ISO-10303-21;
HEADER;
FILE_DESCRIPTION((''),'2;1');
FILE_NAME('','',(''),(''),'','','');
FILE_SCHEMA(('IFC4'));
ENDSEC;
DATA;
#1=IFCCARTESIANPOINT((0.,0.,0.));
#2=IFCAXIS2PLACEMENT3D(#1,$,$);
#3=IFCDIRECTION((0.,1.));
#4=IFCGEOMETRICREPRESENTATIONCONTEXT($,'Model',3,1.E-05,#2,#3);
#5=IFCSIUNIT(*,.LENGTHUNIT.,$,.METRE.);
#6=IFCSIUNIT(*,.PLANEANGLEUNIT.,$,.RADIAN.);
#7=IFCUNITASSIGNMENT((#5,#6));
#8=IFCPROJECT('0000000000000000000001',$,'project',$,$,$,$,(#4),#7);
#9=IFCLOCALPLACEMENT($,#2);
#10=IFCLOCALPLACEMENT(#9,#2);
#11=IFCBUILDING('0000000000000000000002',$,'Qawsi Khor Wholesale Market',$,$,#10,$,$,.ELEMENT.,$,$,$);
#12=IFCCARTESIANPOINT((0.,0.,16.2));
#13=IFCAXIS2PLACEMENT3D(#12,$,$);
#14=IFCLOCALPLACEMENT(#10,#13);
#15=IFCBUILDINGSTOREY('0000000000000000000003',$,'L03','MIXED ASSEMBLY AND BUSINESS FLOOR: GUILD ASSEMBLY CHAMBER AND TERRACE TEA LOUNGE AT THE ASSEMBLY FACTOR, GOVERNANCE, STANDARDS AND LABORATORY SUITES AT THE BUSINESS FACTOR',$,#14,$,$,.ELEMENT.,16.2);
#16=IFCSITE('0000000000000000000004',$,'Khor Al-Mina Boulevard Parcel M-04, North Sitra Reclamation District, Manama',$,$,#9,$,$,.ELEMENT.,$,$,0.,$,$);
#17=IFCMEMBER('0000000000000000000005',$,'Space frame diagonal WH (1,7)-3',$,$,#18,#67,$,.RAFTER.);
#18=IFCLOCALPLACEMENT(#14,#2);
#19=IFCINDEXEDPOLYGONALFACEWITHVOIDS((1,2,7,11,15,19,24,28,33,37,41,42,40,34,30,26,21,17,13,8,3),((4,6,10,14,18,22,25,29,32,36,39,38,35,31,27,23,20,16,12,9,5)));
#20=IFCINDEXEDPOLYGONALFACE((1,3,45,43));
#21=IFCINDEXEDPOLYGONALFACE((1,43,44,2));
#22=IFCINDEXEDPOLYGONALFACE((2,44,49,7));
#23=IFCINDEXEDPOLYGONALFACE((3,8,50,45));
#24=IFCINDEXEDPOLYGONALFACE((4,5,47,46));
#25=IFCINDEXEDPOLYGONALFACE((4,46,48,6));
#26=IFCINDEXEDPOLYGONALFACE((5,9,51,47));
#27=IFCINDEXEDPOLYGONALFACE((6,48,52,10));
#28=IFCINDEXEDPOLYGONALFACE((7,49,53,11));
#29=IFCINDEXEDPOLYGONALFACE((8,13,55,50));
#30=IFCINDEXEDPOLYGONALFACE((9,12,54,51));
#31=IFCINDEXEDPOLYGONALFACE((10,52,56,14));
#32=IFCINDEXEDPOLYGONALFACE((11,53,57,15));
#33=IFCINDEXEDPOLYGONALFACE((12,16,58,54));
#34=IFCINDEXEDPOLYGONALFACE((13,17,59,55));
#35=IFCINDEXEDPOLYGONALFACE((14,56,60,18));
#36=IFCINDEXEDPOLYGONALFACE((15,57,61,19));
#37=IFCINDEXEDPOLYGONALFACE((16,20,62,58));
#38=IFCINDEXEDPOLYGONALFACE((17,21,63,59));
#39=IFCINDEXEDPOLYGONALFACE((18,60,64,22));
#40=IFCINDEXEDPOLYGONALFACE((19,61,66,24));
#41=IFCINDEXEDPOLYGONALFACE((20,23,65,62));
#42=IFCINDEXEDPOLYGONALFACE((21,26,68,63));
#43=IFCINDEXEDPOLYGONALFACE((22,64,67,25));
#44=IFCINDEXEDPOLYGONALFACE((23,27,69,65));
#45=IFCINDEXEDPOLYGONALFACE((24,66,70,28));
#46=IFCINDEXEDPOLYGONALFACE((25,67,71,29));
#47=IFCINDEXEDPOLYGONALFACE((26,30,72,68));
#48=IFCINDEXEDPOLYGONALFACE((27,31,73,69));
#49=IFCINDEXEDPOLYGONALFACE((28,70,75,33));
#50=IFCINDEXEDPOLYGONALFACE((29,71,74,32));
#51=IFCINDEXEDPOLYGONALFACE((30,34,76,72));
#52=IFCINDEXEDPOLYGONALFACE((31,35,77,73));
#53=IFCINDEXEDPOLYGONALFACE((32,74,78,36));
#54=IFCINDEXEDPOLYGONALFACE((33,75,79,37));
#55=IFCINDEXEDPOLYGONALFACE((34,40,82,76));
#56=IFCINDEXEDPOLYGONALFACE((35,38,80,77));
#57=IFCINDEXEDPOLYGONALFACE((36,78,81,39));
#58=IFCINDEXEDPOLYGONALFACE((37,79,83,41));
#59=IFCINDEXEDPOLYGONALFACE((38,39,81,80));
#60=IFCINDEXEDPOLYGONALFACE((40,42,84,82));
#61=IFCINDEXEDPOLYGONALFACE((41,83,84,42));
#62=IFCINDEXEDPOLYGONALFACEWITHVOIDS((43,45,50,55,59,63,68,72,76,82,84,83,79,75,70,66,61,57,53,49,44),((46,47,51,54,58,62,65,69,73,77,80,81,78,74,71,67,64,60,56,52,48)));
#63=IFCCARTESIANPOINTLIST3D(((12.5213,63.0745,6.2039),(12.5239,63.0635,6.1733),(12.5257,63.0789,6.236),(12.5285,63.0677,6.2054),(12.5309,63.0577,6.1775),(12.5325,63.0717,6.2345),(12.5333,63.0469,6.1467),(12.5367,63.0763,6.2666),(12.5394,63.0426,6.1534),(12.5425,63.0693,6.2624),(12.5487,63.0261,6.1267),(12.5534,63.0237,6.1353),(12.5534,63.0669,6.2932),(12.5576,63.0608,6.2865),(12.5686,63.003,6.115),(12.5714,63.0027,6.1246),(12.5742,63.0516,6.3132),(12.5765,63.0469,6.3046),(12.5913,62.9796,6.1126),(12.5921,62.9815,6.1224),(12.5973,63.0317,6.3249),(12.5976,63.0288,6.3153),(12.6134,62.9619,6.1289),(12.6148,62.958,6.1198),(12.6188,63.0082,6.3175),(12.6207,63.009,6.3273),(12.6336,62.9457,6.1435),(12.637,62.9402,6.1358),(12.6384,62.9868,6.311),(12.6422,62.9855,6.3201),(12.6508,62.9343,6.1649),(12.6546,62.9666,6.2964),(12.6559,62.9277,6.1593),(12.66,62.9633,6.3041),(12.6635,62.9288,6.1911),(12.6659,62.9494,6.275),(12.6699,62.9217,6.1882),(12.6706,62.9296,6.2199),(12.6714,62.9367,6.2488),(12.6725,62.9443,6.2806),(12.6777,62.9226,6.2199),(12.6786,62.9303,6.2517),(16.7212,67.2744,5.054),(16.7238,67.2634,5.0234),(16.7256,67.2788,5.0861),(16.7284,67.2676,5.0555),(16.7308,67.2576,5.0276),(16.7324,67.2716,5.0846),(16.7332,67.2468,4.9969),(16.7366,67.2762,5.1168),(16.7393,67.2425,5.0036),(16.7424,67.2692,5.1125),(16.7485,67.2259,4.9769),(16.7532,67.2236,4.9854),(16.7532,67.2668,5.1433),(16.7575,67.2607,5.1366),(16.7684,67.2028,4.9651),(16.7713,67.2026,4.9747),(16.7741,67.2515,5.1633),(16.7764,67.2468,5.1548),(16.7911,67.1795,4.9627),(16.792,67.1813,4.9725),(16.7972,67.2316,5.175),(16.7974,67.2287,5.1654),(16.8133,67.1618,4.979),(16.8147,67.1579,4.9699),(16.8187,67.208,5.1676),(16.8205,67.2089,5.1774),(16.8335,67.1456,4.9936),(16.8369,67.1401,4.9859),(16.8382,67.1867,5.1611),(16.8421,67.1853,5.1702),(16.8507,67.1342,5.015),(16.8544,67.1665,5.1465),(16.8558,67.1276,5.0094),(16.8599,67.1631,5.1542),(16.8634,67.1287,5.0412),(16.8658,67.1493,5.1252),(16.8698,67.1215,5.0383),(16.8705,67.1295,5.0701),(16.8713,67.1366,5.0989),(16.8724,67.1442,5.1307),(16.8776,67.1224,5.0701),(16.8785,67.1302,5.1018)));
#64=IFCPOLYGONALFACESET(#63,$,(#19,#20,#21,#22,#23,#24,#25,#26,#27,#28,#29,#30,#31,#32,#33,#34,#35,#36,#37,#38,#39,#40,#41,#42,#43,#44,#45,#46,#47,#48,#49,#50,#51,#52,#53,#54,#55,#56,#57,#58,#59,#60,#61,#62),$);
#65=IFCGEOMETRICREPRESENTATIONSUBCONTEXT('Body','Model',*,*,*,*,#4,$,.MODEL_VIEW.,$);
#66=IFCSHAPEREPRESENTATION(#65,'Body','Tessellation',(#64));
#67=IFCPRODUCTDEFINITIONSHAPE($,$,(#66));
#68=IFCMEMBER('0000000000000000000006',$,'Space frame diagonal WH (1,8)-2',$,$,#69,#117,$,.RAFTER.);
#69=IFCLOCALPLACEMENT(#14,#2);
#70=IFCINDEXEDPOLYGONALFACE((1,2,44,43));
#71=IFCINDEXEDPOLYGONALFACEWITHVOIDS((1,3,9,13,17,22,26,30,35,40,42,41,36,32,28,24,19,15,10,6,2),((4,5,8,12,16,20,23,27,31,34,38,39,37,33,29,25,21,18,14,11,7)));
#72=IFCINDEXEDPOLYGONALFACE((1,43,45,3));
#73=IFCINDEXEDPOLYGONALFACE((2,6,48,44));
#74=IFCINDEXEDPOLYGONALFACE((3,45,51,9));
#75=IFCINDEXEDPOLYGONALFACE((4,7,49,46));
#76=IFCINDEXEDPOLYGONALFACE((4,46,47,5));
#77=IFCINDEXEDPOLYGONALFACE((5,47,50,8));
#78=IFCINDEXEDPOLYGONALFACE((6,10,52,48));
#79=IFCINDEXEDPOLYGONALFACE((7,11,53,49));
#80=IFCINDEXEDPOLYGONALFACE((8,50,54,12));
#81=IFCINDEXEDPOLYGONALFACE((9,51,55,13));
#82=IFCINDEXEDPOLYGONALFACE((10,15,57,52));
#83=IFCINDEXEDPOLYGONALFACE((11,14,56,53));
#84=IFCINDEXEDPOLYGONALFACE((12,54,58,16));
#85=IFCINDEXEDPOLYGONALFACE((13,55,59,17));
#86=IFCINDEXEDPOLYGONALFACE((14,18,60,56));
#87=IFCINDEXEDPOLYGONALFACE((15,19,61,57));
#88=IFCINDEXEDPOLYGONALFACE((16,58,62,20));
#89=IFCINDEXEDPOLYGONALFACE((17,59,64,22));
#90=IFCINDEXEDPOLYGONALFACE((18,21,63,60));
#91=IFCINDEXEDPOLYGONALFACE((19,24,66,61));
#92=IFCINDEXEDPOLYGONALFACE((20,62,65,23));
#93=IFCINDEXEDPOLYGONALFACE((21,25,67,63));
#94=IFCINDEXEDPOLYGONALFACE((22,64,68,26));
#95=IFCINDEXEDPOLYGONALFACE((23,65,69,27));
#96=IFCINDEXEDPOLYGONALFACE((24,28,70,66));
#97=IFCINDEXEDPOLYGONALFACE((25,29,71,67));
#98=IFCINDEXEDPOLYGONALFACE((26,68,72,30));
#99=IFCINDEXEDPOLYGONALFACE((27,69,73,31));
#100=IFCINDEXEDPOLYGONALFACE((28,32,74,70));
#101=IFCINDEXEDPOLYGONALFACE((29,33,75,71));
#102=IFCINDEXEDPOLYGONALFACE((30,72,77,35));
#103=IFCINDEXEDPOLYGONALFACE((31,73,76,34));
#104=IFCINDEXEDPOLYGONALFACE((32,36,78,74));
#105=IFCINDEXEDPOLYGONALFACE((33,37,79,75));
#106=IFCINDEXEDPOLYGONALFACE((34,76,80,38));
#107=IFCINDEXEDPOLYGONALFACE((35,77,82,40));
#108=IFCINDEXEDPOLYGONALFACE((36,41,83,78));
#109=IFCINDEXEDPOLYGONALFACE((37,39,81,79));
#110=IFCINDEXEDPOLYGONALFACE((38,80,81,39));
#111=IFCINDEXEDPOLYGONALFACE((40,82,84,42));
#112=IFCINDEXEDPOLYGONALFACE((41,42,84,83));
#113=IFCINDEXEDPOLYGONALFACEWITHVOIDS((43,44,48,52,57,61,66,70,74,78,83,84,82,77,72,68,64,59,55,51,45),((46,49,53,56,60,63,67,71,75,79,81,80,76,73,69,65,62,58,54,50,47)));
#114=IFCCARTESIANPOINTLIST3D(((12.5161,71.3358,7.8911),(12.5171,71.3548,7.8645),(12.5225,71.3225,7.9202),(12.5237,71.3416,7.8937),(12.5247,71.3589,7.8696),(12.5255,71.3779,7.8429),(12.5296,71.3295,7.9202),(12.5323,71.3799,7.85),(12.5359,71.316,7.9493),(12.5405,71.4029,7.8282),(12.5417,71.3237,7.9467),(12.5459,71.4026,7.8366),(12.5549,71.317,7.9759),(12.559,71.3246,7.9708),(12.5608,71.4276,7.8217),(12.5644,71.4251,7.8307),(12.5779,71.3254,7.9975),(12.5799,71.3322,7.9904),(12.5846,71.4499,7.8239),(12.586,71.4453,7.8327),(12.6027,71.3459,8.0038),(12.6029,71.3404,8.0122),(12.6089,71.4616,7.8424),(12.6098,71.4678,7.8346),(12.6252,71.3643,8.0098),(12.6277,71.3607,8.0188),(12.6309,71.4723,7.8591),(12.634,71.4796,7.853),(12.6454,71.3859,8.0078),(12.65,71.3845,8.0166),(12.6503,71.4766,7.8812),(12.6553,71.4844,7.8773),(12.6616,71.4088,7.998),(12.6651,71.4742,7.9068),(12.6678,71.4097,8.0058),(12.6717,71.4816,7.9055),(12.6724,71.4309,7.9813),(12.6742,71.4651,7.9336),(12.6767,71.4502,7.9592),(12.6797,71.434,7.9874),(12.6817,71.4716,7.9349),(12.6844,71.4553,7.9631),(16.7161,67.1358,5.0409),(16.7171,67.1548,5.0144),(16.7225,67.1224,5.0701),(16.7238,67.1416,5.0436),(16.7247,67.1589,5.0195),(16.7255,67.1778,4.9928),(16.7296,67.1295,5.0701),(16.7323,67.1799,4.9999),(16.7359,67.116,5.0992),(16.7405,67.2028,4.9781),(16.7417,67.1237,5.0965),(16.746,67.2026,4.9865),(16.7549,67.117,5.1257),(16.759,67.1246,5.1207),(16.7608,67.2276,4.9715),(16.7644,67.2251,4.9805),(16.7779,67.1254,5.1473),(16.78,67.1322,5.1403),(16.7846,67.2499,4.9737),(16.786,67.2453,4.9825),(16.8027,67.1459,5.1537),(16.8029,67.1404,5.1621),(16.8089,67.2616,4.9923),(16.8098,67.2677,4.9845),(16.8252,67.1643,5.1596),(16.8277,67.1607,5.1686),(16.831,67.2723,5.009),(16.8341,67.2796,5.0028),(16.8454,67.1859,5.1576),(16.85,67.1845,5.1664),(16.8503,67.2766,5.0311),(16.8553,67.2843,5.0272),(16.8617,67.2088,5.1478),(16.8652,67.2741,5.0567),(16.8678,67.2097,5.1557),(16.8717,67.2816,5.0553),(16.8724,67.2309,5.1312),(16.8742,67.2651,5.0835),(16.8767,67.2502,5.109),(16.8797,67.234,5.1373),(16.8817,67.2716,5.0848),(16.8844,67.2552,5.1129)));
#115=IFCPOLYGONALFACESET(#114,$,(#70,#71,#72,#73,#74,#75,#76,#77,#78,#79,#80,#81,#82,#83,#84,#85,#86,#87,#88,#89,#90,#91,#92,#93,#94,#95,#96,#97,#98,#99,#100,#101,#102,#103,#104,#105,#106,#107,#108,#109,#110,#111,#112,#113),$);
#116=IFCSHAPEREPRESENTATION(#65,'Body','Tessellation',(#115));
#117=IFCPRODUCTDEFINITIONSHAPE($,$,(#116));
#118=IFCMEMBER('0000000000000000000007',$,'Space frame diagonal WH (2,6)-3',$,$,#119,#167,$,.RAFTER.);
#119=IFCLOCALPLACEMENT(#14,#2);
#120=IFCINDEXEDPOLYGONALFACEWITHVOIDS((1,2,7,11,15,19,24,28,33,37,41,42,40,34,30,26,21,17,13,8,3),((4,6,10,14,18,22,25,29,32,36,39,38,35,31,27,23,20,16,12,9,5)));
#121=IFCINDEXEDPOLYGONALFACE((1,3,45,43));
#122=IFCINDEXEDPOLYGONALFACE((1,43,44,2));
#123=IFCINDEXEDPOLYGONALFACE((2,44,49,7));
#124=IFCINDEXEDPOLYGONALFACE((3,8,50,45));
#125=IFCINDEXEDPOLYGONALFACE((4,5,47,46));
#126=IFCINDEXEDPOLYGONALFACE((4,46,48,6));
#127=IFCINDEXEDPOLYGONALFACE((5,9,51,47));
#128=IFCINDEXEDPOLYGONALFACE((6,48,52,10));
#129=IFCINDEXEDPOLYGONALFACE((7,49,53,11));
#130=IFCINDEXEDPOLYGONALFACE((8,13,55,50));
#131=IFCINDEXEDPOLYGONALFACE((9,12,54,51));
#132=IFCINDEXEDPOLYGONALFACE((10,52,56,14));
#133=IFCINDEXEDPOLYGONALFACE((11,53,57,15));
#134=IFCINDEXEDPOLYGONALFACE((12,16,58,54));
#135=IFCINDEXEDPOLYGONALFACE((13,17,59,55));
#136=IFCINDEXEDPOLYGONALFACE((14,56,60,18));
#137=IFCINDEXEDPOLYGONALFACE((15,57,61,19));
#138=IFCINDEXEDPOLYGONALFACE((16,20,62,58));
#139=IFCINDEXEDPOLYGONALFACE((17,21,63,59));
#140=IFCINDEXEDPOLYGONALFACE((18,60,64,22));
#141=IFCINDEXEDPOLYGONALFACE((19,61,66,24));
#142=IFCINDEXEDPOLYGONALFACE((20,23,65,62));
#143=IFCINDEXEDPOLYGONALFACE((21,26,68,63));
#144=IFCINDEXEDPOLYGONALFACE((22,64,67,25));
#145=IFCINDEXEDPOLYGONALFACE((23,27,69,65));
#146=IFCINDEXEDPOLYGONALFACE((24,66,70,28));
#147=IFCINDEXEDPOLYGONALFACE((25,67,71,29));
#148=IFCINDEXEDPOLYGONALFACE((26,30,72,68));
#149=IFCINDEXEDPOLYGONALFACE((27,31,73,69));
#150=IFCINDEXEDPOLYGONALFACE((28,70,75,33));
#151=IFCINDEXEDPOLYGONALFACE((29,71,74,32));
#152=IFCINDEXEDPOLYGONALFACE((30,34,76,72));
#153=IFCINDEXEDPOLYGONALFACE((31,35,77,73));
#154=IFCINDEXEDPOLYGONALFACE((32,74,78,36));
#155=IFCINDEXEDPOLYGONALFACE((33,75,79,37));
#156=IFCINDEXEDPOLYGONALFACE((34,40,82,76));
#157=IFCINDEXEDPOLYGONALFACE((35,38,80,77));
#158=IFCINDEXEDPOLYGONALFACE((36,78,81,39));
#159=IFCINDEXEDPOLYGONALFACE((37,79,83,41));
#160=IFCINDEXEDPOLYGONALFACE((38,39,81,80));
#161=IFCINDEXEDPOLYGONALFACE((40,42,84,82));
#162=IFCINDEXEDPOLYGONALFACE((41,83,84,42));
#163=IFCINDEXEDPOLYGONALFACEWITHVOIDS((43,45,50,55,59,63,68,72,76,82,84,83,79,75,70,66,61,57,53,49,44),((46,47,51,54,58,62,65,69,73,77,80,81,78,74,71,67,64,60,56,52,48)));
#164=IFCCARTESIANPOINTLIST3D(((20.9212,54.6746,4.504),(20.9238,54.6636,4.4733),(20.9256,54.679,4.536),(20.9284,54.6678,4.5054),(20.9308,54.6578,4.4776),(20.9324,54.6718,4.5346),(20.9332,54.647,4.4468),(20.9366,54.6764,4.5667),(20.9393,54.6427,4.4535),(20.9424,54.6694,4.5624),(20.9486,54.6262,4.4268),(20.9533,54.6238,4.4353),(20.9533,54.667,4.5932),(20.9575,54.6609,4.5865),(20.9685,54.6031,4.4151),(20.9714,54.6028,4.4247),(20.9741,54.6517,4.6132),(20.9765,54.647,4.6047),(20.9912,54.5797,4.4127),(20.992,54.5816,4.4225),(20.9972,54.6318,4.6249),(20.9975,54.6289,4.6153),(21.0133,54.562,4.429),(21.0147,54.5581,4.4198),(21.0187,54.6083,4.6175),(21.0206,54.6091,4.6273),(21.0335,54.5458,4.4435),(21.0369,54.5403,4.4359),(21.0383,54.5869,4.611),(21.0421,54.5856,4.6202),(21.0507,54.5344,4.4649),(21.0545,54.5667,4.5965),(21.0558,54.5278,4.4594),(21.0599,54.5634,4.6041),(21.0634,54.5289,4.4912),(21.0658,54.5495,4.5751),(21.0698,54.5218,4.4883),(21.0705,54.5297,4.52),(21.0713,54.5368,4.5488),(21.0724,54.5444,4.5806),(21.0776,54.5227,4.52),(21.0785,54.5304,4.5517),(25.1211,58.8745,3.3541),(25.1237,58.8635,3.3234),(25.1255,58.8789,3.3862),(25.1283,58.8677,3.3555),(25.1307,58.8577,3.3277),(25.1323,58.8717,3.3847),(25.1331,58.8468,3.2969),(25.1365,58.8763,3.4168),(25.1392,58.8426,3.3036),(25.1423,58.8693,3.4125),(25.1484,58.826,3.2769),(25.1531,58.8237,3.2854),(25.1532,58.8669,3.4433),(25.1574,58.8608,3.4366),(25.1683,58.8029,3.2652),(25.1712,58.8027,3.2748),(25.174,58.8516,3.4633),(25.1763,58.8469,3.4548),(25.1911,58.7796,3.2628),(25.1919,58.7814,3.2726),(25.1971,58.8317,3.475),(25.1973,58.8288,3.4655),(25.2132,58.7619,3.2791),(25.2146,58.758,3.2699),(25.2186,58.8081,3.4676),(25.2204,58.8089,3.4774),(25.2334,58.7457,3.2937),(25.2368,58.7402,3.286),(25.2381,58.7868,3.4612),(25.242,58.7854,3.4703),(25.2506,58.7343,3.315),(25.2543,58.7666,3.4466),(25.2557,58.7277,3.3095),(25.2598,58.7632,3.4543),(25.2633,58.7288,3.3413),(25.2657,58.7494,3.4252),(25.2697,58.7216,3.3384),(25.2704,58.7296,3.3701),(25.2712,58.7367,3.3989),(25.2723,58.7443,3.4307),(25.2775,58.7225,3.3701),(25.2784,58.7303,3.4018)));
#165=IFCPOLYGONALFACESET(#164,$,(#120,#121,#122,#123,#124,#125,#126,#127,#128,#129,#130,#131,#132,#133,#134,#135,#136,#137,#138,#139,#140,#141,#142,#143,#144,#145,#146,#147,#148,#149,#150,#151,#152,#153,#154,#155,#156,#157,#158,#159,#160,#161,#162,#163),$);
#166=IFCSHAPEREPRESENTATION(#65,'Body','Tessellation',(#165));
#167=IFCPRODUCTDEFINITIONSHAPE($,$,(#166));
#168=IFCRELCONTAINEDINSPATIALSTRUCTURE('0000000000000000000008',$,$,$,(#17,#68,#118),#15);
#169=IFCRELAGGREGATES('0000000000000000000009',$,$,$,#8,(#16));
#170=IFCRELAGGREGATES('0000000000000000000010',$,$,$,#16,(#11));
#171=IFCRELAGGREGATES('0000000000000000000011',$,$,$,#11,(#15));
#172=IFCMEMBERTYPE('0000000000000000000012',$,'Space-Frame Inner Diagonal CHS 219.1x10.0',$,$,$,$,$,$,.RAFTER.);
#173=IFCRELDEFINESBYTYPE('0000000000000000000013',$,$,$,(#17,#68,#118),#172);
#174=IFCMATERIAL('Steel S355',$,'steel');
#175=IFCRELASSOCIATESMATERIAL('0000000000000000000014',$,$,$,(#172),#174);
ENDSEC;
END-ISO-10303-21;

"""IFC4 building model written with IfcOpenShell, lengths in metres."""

from ifc_helpers import new_model, si_unit, direction, frame, origin, origin_2d, place, context, subcontext, project, spatial, hollow_circle, extrude, material, material_profile, profile_set, type_object, element, save


model = new_model("IFC4")

# Units and contexts
model_context = context("Model", 3, precision=1e-05, world=origin(), true_north=direction((0.0, 1.0)))
body_context = subcontext(model_context, "Body", "Model", "MODEL_VIEW")
ifc_project = project(units=[si_unit("LENGTHUNIT", "METRE"), si_unit("PLANEANGLEUNIT", "RADIAN")], contexts=[model_context])

# Site, building, storey
site_placement = place(None, origin())
site = spatial("IfcSite", under=ifc_project, at=site_placement, Name="Khor Al-Mina Boulevard Parcel M-04, North Sitra Reclamation District, Manama", CompositionType="ELEMENT", RefElevation=0.0)
building_placement = place(site_placement, origin())
building = spatial("IfcBuilding", under=site, at=building_placement, Name="Qawsi Khor Wholesale Market", CompositionType="ELEMENT")
storey_placement = place(building_placement, frame((0.0, 0.0, 16.2)))
storey = spatial("IfcBuildingStorey", under=building, at=storey_placement, Name="L03", Description="MIXED ASSEMBLY AND BUSINESS FLOOR: GUILD ASSEMBLY CHAMBER AND TERRACE TEA LOUNGE AT THE ASSEMBLY FACTOR, GOVERNANCE, STANDARDS AND LABORATORY SUITES AT THE BUSINESS FACTOR", CompositionType="ELEMENT", Elevation=16.2)

# Members
ifc_material_1 = material(Name="Steel S355", Category="steel")
ifc_material_profile_1 = material_profile(ifc_material_1, hollow_circle(Radius=0.1096, WallThickness=0.01, at=origin_2d()), Name="CHS 219.1x10.0")
ifc_profile_set_1 = profile_set([ifc_material_profile_1], Name="Steel S355")
member_type_1 = type_object("IfcMemberType", Name="Space-Frame Inner Diagonal CHS 219.1x10.0", PredefinedType="RAFTER", material=ifc_profile_set_1)
member_1_placement = place(storey_placement, frame((16.8, 67.2, 5.0701), z_axis=(-0.694217, -0.694217, 0.190069), x_axis=(0.707107, -0.707107, 0.0)))
element("IfcMember", 1, at=member_1_placement, inside=storey, type_object=member_type_1, Name="Space frame diagonal WH (1,7)-3", PredefinedType="RAFTER", context=body_context, shape_type="SweptSolid", body=[
    extrude(hollow_circle(Radius=0.1096, WallThickness=0.01, at=origin_2d()), origin(), (0.0, 0.0, 1.0), 6.0498),
])
member_2_placement = place(storey_placement, frame((16.8, 67.2, 5.0701), z_axis=(-0.637512, 0.637512, 0.432617), x_axis=(-0.707107, -0.707107, 0.0)))
element("IfcMember", 2, at=member_2_placement, inside=storey, type_object=member_type_1, Name="Space frame diagonal WH (1,8)-2", PredefinedType="RAFTER", context=body_context, shape_type="SweptSolid", body=[
    extrude(hollow_circle(Radius=0.1096, WallThickness=0.01, at=origin_2d()), origin(), (0.0, 0.0, 1.0), 6.5881),
])
member_3_placement = place(storey_placement, frame((25.2, 58.8, 3.3701), z_axis=(-0.694217, -0.694217, 0.190069), x_axis=(0.707107, -0.707107, 0.0)))
element("IfcMember", 3, at=member_3_placement, inside=storey, type_object=member_type_1, Name="Space frame diagonal WH (2,6)-3", PredefinedType="RAFTER", context=body_context, shape_type="SweptSolid", body=[
    extrude(hollow_circle(Radius=0.1096, WallThickness=0.01, at=origin_2d()), origin(), (0.0, 0.0, 1.0), 6.0498),
])

save(model, "model.ifc")
